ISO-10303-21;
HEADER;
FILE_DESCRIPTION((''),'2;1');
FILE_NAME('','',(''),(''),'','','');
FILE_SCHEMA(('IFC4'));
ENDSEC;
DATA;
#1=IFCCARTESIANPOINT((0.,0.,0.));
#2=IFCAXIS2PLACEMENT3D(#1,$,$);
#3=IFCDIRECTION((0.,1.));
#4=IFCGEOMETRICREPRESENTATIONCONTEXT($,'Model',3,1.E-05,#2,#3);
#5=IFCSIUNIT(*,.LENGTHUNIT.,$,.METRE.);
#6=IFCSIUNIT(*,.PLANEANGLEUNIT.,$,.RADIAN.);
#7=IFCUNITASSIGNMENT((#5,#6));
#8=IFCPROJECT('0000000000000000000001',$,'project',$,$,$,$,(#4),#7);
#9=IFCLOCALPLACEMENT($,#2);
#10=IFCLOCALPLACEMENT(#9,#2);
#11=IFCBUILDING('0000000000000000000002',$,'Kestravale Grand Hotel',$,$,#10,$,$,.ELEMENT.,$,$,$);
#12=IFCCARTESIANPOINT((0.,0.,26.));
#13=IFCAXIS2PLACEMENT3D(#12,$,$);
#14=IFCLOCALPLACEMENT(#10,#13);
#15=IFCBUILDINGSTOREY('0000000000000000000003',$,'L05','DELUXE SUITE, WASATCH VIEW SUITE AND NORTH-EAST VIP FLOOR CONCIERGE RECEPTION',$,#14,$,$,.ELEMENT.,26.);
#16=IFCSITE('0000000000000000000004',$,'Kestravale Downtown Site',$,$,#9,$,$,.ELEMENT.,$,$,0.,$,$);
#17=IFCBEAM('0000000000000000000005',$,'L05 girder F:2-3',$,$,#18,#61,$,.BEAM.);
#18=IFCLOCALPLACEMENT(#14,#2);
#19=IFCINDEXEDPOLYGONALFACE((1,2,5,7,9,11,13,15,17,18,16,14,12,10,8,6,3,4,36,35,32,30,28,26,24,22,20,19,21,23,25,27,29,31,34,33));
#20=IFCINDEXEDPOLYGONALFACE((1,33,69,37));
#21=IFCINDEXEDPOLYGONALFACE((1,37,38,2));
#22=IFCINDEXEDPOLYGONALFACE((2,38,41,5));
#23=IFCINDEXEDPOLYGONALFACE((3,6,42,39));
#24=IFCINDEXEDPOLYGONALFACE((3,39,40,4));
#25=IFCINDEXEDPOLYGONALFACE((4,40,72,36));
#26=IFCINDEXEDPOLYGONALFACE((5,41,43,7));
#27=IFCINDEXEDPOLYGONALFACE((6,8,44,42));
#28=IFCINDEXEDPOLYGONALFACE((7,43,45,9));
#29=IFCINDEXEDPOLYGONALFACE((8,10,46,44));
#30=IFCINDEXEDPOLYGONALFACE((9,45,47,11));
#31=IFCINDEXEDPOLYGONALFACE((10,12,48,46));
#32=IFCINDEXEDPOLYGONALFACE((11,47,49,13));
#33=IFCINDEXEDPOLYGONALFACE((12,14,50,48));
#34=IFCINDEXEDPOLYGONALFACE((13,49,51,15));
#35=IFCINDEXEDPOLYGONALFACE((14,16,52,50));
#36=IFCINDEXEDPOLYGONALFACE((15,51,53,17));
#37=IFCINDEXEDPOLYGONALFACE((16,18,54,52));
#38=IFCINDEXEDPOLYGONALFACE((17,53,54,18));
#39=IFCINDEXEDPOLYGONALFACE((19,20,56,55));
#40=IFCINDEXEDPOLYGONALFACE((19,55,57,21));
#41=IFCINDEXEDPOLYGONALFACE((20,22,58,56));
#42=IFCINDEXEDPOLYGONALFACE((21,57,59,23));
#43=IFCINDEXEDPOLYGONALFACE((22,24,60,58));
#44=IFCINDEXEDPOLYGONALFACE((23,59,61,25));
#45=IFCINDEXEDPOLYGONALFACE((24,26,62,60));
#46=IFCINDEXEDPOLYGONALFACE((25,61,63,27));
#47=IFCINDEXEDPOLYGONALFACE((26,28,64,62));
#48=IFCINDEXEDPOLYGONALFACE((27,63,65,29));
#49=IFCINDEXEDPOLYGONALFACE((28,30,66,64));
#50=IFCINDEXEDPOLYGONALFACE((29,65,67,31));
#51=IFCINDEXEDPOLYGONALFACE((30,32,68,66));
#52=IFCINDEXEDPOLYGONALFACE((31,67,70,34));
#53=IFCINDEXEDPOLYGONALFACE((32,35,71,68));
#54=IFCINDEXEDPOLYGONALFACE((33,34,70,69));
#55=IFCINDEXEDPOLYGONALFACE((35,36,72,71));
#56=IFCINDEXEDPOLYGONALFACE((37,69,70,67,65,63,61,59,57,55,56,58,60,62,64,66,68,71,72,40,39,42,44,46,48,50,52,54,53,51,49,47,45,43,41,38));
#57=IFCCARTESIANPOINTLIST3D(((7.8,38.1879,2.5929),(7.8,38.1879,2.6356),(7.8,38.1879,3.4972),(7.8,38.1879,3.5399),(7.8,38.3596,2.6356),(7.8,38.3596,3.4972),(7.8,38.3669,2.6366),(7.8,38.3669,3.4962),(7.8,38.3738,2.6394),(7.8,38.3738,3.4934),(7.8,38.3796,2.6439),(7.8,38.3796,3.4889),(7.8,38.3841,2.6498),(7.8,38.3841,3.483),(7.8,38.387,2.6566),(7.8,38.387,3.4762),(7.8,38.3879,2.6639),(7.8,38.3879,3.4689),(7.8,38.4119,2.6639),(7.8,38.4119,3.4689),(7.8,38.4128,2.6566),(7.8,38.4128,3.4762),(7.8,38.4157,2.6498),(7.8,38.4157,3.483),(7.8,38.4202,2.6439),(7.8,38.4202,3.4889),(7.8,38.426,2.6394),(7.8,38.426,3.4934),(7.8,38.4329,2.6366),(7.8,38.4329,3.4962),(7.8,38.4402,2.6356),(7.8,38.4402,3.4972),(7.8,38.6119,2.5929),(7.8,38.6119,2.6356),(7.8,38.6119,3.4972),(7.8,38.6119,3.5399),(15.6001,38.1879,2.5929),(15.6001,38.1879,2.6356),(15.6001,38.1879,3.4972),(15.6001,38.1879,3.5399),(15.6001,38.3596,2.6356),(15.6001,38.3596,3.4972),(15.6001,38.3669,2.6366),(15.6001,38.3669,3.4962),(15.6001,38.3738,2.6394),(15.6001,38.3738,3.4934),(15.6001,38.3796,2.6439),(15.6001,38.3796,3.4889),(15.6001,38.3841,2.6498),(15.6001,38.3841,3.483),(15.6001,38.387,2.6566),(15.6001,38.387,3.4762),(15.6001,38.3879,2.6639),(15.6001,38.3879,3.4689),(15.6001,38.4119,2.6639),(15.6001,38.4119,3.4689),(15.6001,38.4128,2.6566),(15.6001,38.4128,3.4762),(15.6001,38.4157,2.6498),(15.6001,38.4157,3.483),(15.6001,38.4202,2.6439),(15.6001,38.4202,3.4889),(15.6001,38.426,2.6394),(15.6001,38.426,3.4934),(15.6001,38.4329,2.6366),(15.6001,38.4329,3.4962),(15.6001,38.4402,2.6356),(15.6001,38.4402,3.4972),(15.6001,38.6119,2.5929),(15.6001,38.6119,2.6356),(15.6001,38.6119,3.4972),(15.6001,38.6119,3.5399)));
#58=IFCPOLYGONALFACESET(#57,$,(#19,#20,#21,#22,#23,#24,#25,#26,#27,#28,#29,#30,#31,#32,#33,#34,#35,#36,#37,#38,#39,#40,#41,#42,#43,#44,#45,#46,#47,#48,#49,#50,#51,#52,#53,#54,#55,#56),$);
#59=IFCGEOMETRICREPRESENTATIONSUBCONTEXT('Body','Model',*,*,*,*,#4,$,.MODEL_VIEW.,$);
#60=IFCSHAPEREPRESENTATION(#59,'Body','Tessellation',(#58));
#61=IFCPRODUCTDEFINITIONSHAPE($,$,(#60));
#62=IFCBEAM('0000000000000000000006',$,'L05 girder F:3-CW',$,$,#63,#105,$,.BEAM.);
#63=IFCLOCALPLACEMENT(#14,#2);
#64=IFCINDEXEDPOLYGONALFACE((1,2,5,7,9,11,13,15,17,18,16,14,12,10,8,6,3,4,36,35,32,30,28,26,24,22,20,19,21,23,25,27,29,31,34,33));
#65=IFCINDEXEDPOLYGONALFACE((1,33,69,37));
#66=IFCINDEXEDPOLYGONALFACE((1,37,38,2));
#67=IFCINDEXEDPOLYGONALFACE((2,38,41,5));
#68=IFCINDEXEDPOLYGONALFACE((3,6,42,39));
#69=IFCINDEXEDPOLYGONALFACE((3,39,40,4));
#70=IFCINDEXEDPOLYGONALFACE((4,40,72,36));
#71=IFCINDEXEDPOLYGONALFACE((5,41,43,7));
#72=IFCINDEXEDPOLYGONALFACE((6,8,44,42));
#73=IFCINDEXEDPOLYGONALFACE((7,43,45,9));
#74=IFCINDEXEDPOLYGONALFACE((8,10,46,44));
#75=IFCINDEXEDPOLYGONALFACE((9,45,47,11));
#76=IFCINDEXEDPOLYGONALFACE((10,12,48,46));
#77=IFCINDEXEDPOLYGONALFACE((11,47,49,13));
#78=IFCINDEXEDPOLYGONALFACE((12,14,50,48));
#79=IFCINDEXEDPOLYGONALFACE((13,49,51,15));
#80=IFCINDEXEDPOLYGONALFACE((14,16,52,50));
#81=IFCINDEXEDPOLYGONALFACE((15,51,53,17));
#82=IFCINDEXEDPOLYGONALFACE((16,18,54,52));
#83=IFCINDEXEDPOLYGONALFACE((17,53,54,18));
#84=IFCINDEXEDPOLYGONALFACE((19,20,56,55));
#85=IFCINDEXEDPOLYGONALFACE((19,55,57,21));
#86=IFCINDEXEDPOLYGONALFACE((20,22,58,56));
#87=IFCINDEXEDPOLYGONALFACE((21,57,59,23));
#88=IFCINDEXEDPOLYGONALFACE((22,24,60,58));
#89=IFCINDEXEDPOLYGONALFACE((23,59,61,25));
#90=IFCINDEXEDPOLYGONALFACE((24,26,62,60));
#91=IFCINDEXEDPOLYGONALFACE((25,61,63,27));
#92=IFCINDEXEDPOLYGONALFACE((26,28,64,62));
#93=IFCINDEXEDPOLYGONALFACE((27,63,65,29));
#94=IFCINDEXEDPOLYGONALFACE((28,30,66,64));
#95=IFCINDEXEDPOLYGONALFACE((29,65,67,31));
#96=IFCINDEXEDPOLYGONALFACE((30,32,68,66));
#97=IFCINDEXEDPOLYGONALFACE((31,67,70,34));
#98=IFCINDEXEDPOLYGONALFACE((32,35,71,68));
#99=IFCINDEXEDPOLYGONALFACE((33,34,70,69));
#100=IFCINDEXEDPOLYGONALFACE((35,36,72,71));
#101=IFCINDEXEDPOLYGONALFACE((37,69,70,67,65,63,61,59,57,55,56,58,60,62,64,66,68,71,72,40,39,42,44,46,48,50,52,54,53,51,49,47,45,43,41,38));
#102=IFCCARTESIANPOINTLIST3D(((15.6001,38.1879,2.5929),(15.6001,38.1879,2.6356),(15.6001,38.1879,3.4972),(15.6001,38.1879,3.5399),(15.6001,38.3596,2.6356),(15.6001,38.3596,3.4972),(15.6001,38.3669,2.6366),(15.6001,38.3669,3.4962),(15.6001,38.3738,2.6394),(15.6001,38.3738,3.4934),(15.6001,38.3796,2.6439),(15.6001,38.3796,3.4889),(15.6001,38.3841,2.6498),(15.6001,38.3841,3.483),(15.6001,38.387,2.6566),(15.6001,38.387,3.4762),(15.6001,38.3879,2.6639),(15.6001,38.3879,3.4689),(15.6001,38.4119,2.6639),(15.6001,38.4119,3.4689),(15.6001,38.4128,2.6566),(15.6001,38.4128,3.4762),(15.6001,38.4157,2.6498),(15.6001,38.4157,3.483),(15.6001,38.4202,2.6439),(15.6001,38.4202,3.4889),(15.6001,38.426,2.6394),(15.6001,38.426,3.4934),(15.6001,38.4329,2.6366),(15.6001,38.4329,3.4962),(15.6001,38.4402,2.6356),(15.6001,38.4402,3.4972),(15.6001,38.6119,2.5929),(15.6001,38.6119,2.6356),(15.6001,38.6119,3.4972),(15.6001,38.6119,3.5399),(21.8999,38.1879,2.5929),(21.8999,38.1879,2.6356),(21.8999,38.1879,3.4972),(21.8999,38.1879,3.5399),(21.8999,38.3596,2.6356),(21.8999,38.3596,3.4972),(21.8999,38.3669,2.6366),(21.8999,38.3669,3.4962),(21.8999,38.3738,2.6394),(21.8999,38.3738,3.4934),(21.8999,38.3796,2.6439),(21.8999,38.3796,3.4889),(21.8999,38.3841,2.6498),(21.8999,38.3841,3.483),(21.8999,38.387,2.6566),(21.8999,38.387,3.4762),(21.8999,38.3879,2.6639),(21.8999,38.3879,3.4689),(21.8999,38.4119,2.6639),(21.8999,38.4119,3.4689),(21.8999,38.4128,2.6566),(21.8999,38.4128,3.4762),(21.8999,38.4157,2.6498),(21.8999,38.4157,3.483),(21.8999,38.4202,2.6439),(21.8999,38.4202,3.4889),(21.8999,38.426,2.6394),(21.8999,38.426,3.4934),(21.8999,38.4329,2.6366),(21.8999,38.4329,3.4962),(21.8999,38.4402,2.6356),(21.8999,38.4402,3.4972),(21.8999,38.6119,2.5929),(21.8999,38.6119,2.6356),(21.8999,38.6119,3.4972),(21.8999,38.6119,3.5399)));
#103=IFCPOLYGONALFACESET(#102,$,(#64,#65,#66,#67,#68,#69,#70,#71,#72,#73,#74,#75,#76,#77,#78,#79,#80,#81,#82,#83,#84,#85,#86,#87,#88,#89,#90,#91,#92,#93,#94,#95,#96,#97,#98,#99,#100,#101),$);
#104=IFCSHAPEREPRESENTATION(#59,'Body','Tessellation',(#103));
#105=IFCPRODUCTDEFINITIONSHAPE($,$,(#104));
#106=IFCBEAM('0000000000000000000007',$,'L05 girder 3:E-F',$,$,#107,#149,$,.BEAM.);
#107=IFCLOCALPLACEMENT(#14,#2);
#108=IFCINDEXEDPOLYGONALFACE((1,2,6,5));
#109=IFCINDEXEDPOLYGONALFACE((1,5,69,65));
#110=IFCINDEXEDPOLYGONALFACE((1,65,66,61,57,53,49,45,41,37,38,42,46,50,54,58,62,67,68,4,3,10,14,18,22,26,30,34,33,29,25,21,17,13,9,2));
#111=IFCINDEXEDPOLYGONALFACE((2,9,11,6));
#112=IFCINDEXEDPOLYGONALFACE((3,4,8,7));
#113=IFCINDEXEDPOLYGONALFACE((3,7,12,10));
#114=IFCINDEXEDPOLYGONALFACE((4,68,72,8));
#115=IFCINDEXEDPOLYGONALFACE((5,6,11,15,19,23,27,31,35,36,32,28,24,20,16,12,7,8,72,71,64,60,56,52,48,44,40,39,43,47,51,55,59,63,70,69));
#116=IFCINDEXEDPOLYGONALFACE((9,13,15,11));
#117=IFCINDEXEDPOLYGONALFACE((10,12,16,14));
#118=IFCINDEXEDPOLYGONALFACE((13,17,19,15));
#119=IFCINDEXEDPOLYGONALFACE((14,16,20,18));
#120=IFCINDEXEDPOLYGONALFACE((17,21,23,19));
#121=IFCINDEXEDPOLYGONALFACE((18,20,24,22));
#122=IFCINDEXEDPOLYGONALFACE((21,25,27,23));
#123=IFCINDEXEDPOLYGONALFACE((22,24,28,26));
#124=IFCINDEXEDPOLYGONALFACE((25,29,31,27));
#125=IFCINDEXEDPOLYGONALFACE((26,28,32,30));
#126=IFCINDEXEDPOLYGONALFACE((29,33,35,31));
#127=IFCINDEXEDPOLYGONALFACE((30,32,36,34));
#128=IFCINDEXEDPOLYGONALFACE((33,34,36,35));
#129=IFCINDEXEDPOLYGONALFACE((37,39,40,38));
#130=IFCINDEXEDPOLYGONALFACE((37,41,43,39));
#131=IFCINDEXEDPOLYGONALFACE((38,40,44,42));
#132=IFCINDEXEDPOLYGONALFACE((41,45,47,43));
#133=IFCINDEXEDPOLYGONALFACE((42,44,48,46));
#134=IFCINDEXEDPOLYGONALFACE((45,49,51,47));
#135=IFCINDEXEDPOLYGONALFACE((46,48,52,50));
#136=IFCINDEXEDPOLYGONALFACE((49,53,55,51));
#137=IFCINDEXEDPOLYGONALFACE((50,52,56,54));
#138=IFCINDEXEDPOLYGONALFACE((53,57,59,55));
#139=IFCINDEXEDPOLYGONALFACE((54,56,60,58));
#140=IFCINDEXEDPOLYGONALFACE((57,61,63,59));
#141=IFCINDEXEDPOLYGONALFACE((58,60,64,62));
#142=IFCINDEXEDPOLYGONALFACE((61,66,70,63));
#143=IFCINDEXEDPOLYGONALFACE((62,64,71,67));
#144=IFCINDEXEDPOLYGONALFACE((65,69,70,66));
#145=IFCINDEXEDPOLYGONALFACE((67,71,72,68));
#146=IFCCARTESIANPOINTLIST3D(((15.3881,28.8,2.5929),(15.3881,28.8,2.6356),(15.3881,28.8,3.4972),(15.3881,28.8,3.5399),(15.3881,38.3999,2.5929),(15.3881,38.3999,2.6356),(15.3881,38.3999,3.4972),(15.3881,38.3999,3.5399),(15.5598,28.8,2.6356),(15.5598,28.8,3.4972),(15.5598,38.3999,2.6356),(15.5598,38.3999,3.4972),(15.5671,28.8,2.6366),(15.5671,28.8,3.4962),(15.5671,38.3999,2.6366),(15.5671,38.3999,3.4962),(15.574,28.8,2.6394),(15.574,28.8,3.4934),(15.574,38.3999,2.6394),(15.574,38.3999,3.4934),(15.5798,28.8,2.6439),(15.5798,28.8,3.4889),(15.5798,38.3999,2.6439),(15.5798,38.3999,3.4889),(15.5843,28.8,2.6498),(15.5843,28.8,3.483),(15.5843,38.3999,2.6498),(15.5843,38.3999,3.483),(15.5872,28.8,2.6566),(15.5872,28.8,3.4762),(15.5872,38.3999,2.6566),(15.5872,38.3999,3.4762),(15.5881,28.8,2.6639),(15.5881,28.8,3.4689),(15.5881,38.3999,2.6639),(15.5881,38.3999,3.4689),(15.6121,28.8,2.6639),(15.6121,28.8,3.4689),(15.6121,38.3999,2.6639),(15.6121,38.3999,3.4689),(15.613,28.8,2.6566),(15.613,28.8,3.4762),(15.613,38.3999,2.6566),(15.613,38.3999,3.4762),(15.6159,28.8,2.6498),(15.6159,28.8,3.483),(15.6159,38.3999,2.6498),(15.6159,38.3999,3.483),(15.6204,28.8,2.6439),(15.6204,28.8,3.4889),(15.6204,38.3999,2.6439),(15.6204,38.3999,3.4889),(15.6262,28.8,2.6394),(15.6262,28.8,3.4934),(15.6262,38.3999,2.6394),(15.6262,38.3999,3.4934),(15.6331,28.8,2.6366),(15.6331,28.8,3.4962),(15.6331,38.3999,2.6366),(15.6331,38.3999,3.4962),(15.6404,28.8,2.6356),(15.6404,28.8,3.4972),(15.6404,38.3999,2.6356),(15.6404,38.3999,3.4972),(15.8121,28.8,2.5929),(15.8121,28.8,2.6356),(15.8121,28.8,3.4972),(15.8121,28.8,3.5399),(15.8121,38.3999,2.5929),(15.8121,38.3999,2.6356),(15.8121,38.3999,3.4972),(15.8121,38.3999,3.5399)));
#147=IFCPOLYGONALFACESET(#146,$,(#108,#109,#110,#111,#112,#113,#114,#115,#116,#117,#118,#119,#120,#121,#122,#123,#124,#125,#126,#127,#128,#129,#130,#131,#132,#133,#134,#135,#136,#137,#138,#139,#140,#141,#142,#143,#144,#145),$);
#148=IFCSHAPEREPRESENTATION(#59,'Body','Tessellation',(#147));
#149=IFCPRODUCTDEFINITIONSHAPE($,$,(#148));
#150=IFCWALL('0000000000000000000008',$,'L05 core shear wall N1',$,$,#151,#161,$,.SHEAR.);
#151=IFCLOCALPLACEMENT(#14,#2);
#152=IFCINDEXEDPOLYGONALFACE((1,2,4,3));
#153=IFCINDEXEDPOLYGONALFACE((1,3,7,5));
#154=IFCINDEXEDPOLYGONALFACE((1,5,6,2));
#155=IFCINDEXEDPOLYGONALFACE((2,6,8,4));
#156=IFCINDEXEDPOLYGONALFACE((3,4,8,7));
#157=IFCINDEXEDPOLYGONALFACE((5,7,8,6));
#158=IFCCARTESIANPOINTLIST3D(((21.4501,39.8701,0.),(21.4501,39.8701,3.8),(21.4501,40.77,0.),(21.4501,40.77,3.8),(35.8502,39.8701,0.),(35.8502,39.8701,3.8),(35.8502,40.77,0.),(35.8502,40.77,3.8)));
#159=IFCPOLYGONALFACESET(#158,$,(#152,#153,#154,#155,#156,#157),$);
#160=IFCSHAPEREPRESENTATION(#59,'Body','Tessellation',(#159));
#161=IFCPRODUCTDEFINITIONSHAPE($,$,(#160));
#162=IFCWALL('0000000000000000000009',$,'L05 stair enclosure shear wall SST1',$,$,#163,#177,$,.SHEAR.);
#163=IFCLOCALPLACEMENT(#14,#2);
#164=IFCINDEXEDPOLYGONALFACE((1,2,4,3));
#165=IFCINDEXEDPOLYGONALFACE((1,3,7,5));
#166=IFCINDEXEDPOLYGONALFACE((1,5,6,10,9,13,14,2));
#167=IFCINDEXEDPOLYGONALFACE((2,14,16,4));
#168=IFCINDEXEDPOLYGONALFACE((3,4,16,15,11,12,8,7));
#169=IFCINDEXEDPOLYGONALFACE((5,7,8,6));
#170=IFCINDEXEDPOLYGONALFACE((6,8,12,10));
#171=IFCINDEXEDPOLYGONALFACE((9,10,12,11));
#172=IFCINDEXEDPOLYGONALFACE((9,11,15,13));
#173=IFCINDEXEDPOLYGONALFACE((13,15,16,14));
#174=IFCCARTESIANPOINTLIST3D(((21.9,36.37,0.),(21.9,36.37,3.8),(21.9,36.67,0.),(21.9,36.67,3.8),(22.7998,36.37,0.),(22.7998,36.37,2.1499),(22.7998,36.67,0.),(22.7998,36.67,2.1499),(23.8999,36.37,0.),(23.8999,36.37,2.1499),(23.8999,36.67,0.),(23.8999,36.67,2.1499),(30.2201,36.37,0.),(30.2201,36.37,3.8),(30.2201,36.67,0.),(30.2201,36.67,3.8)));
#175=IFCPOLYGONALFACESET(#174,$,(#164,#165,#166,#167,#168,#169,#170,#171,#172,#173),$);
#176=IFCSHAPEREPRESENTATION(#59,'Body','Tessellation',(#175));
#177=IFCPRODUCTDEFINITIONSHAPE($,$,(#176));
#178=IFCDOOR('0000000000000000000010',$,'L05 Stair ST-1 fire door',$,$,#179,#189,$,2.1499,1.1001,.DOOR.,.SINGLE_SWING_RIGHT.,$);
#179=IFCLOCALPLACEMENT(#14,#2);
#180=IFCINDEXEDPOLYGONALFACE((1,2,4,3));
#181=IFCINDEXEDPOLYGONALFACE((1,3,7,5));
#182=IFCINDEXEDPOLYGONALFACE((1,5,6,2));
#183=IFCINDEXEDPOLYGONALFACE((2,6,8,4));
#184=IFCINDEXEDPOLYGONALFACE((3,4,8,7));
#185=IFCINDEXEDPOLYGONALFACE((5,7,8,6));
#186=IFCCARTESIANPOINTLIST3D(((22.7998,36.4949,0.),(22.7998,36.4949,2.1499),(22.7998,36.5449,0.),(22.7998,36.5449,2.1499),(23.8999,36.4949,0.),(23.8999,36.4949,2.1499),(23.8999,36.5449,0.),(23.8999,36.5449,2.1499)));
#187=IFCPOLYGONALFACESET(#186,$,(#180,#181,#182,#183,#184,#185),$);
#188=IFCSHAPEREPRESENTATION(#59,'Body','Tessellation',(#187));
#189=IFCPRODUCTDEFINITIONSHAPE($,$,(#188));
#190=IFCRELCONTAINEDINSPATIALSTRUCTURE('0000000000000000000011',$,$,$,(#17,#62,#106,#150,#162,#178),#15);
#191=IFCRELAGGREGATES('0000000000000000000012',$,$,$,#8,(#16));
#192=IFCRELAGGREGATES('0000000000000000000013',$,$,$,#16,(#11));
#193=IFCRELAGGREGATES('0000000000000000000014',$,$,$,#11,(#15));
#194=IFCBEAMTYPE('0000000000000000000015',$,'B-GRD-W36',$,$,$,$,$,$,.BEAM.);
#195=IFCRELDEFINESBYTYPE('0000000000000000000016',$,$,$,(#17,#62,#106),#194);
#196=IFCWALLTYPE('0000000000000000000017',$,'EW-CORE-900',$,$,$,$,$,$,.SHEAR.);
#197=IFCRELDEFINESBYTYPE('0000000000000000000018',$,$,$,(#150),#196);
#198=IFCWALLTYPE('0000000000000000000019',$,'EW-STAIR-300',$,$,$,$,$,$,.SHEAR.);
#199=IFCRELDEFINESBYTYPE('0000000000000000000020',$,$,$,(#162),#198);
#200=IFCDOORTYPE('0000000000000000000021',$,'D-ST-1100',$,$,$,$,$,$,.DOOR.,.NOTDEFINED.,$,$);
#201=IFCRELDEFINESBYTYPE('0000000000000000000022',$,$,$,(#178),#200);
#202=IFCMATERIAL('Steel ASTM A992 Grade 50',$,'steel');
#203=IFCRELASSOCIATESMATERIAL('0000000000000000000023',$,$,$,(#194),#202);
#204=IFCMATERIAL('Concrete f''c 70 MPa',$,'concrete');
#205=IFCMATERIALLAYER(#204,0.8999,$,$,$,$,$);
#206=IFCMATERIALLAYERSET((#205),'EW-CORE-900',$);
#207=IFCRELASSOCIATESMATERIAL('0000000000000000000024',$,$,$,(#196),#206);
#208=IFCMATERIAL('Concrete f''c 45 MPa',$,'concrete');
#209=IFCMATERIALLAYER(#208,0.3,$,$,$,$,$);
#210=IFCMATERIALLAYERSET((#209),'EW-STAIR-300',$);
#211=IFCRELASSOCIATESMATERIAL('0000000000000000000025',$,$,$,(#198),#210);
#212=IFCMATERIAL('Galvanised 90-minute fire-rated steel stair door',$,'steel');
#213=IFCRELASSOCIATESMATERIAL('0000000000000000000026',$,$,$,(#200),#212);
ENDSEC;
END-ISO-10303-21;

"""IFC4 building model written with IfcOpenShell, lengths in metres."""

from ifc_helpers import new_model, si_unit, direction, frame, frame_2d, origin, origin_2d, place, context, subcontext, project, spatial, rectangle, i_section, extrude, material, layer, layer_set, material_profile, profile_set, type_object, element, fill, save


model = new_model("IFC4")

# Units and contexts
model_context = context("Model", 3, precision=1e-05, world=origin(), true_north=direction((0.0, 1.0)))
body_context = subcontext(model_context, "Body", "Model", "MODEL_VIEW")
ifc_project = project(units=[si_unit("LENGTHUNIT", "METRE"), si_unit("PLANEANGLEUNIT", "RADIAN")], contexts=[model_context])

# Site, building, storey
site_placement = place(None, origin())
site = spatial("IfcSite", under=ifc_project, at=site_placement, Name="Kestravale Downtown Site", CompositionType="ELEMENT", RefElevation=0.0)
building_placement = place(site_placement, origin())
building = spatial("IfcBuilding", under=site, at=building_placement, Name="Kestravale Grand Hotel", CompositionType="ELEMENT")
storey_placement = place(building_placement, frame((0.0, 0.0, 26.0)))
storey = spatial("IfcBuildingStorey", under=building, at=storey_placement, Name="L05", Description="DELUXE SUITE, WASATCH VIEW SUITE AND NORTH-EAST VIP FLOOR CONCIERGE RECEPTION", CompositionType="ELEMENT", Elevation=26.0)

# Beams
ifc_material_1 = material(Name="Steel ASTM A992 Grade 50", Category="steel")
ifc_material_profile_1 = material_profile(ifc_material_1, i_section(OverallWidth=0.4241, OverallDepth=0.947, WebThickness=0.0239, FlangeThickness=0.0427, FilletRadius=0.0283, at=origin_2d()))
ifc_profile_set_1 = profile_set([ifc_material_profile_1], Name="Steel ASTM A992 Grade 50")
beam_type_1 = type_object("IfcBeamType", Name="B-GRD-W36", PredefinedType="BEAM", material=ifc_profile_set_1)
beam_1_placement = place(storey_placement, frame((7.8, 38.3999, 3.0664), z_axis=(1.0, 0.0, 0.0), x_axis=(0.0, 1.0, 0.0)))
element("IfcBeam", 1, at=beam_1_placement, inside=storey, type_object=beam_type_1, Name="L05 girder F:2-3", PredefinedType="BEAM", context=body_context, shape_type="SweptSolid", body=[
    extrude(i_section(OverallWidth=0.4241, OverallDepth=0.947, WebThickness=0.0239, FlangeThickness=0.0427, FilletRadius=0.0283, at=origin_2d()), origin(), (0.0, 0.0, 1.0), 7.8),
])
beam_2_placement = place(storey_placement, frame((15.6001, 38.3999, 3.0664), z_axis=(1.0, 0.0, 0.0), x_axis=(0.0, 1.0, 0.0)))
element("IfcBeam", 2, at=beam_2_placement, inside=storey, type_object=beam_type_1, Name="L05 girder F:3-CW", PredefinedType="BEAM", context=body_context, shape_type="SweptSolid", body=[
    extrude(i_section(OverallWidth=0.4241, OverallDepth=0.947, WebThickness=0.0239, FlangeThickness=0.0427, FilletRadius=0.0283, at=origin_2d()), origin(), (0.0, 0.0, 1.0), 6.2998),
])
beam_3_placement = place(storey_placement, frame((15.6001, 28.8, 3.0664), z_axis=(0.0, 1.0, 0.0), x_axis=(-1.0, 0.0, 0.0)))
element("IfcBeam", 3, at=beam_3_placement, inside=storey, type_object=beam_type_1, Name="L05 girder 3:E-F", PredefinedType="BEAM", context=body_context, shape_type="SweptSolid", body=[
    extrude(i_section(OverallWidth=0.4241, OverallDepth=0.947, WebThickness=0.0239, FlangeThickness=0.0427, FilletRadius=0.0283, at=origin_2d()), origin(), (0.0, 0.0, 1.0), 9.5999),
])

# Wall
ifc_material_2 = material(Name="Concrete f'c 70 MPa", Category="concrete")
ifc_layer_1 = layer(ifc_material_2, 0.8999)
ifc_layer_set_1 = layer_set([ifc_layer_1], Name="EW-CORE-900")
wall_type_1 = type_object("IfcWallType", Name="EW-CORE-900", PredefinedType="SHEAR", material=ifc_layer_set_1)
wall_1_placement = place(storey_placement, frame((21.45, 40.3201, 0.0), z_axis=(0.0, 0.0, 1.0), x_axis=(1.0, 0.0, 0.0)))
element("IfcWall", 4, at=wall_1_placement, inside=storey, type_object=wall_type_1, Name="L05 core shear wall N1", PredefinedType="SHEAR", context=body_context, shape_type="SweptSolid", body=[
    extrude(rectangle(XDim=14.4001, YDim=0.8999, at=frame_2d((7.2002, 0.0))), origin(), (0.0, 0.0, 1.0), 3.8),
])

# Wall, opening, door
ifc_material_3 = material(Name="Concrete f'c 45 MPa", Category="concrete")
ifc_layer_2 = layer(ifc_material_3, 0.3)
ifc_layer_set_2 = layer_set([ifc_layer_2], Name="EW-STAIR-300")
wall_type_2 = type_object("IfcWallType", Name="EW-STAIR-300", PredefinedType="SHEAR", material=ifc_layer_set_2)
wall_2_placement = place(storey_placement, frame((21.8999, 36.52, 0.0), z_axis=(0.0, 0.0, 1.0), x_axis=(1.0, 0.0, 0.0)))
wall_2 = element("IfcWall", 5, at=wall_2_placement, inside=storey, type_object=wall_type_2, Name="L05 stair enclosure shear wall SST1", PredefinedType="SHEAR", context=body_context, shape_type="SweptSolid", body=[
    extrude(rectangle(XDim=8.3201, YDim=0.3, at=frame_2d((4.1602, 0.0))), origin(), (0.0, 0.0, 1.0), 3.8),
])
opening_1_placement = place(wall_2_placement, frame((0.8999, 0.0, 0.0)))
opening_1 = element("IfcOpeningElement", 6, at=opening_1_placement, cuts=wall_2, PredefinedType="OPENING", context=body_context, shape_type="SweptSolid", body=[
    extrude(rectangle(XDim=1.1001, YDim=2.1499, at=frame_2d((0.55, 1.075))), frame((0.0, 0.1599, 0.0), z_axis=(0.0, -1.0, 0.0), x_axis=(1.0, 0.0, 0.0)), (0.0, 0.0, 1.0), 0.3201),
])
ifc_material_4 = material(Name="Galvanised 90-minute fire-rated steel stair door", Category="steel")
door_type_1 = type_object("IfcDoorType", Name="D-ST-1100", OperationType="NOTDEFINED", PredefinedType="DOOR", material=ifc_material_4)
door_1_placement = place(opening_1_placement, origin())
door_1 = element("IfcDoor", 7, at=door_1_placement, inside=storey, type_object=door_type_1, Name="L05 Stair ST-1 fire door", OperationType="SINGLE_SWING_RIGHT", OverallHeight=2.1499, OverallWidth=1.1001, PredefinedType="DOOR", context=body_context, shape_type="SweptSolid", body=[
    extrude(rectangle(XDim=1.1001, YDim=2.1499, at=frame_2d((0.55, 1.075))), frame((0.0, 0.0249, 0.0), z_axis=(0.0, -1.0, 0.0), x_axis=(1.0, 0.0, 0.0)), (0.0, 0.0, 1.0), 0.05),
])
fill(opening_1, door_1)

save(model, "model.ifc")
